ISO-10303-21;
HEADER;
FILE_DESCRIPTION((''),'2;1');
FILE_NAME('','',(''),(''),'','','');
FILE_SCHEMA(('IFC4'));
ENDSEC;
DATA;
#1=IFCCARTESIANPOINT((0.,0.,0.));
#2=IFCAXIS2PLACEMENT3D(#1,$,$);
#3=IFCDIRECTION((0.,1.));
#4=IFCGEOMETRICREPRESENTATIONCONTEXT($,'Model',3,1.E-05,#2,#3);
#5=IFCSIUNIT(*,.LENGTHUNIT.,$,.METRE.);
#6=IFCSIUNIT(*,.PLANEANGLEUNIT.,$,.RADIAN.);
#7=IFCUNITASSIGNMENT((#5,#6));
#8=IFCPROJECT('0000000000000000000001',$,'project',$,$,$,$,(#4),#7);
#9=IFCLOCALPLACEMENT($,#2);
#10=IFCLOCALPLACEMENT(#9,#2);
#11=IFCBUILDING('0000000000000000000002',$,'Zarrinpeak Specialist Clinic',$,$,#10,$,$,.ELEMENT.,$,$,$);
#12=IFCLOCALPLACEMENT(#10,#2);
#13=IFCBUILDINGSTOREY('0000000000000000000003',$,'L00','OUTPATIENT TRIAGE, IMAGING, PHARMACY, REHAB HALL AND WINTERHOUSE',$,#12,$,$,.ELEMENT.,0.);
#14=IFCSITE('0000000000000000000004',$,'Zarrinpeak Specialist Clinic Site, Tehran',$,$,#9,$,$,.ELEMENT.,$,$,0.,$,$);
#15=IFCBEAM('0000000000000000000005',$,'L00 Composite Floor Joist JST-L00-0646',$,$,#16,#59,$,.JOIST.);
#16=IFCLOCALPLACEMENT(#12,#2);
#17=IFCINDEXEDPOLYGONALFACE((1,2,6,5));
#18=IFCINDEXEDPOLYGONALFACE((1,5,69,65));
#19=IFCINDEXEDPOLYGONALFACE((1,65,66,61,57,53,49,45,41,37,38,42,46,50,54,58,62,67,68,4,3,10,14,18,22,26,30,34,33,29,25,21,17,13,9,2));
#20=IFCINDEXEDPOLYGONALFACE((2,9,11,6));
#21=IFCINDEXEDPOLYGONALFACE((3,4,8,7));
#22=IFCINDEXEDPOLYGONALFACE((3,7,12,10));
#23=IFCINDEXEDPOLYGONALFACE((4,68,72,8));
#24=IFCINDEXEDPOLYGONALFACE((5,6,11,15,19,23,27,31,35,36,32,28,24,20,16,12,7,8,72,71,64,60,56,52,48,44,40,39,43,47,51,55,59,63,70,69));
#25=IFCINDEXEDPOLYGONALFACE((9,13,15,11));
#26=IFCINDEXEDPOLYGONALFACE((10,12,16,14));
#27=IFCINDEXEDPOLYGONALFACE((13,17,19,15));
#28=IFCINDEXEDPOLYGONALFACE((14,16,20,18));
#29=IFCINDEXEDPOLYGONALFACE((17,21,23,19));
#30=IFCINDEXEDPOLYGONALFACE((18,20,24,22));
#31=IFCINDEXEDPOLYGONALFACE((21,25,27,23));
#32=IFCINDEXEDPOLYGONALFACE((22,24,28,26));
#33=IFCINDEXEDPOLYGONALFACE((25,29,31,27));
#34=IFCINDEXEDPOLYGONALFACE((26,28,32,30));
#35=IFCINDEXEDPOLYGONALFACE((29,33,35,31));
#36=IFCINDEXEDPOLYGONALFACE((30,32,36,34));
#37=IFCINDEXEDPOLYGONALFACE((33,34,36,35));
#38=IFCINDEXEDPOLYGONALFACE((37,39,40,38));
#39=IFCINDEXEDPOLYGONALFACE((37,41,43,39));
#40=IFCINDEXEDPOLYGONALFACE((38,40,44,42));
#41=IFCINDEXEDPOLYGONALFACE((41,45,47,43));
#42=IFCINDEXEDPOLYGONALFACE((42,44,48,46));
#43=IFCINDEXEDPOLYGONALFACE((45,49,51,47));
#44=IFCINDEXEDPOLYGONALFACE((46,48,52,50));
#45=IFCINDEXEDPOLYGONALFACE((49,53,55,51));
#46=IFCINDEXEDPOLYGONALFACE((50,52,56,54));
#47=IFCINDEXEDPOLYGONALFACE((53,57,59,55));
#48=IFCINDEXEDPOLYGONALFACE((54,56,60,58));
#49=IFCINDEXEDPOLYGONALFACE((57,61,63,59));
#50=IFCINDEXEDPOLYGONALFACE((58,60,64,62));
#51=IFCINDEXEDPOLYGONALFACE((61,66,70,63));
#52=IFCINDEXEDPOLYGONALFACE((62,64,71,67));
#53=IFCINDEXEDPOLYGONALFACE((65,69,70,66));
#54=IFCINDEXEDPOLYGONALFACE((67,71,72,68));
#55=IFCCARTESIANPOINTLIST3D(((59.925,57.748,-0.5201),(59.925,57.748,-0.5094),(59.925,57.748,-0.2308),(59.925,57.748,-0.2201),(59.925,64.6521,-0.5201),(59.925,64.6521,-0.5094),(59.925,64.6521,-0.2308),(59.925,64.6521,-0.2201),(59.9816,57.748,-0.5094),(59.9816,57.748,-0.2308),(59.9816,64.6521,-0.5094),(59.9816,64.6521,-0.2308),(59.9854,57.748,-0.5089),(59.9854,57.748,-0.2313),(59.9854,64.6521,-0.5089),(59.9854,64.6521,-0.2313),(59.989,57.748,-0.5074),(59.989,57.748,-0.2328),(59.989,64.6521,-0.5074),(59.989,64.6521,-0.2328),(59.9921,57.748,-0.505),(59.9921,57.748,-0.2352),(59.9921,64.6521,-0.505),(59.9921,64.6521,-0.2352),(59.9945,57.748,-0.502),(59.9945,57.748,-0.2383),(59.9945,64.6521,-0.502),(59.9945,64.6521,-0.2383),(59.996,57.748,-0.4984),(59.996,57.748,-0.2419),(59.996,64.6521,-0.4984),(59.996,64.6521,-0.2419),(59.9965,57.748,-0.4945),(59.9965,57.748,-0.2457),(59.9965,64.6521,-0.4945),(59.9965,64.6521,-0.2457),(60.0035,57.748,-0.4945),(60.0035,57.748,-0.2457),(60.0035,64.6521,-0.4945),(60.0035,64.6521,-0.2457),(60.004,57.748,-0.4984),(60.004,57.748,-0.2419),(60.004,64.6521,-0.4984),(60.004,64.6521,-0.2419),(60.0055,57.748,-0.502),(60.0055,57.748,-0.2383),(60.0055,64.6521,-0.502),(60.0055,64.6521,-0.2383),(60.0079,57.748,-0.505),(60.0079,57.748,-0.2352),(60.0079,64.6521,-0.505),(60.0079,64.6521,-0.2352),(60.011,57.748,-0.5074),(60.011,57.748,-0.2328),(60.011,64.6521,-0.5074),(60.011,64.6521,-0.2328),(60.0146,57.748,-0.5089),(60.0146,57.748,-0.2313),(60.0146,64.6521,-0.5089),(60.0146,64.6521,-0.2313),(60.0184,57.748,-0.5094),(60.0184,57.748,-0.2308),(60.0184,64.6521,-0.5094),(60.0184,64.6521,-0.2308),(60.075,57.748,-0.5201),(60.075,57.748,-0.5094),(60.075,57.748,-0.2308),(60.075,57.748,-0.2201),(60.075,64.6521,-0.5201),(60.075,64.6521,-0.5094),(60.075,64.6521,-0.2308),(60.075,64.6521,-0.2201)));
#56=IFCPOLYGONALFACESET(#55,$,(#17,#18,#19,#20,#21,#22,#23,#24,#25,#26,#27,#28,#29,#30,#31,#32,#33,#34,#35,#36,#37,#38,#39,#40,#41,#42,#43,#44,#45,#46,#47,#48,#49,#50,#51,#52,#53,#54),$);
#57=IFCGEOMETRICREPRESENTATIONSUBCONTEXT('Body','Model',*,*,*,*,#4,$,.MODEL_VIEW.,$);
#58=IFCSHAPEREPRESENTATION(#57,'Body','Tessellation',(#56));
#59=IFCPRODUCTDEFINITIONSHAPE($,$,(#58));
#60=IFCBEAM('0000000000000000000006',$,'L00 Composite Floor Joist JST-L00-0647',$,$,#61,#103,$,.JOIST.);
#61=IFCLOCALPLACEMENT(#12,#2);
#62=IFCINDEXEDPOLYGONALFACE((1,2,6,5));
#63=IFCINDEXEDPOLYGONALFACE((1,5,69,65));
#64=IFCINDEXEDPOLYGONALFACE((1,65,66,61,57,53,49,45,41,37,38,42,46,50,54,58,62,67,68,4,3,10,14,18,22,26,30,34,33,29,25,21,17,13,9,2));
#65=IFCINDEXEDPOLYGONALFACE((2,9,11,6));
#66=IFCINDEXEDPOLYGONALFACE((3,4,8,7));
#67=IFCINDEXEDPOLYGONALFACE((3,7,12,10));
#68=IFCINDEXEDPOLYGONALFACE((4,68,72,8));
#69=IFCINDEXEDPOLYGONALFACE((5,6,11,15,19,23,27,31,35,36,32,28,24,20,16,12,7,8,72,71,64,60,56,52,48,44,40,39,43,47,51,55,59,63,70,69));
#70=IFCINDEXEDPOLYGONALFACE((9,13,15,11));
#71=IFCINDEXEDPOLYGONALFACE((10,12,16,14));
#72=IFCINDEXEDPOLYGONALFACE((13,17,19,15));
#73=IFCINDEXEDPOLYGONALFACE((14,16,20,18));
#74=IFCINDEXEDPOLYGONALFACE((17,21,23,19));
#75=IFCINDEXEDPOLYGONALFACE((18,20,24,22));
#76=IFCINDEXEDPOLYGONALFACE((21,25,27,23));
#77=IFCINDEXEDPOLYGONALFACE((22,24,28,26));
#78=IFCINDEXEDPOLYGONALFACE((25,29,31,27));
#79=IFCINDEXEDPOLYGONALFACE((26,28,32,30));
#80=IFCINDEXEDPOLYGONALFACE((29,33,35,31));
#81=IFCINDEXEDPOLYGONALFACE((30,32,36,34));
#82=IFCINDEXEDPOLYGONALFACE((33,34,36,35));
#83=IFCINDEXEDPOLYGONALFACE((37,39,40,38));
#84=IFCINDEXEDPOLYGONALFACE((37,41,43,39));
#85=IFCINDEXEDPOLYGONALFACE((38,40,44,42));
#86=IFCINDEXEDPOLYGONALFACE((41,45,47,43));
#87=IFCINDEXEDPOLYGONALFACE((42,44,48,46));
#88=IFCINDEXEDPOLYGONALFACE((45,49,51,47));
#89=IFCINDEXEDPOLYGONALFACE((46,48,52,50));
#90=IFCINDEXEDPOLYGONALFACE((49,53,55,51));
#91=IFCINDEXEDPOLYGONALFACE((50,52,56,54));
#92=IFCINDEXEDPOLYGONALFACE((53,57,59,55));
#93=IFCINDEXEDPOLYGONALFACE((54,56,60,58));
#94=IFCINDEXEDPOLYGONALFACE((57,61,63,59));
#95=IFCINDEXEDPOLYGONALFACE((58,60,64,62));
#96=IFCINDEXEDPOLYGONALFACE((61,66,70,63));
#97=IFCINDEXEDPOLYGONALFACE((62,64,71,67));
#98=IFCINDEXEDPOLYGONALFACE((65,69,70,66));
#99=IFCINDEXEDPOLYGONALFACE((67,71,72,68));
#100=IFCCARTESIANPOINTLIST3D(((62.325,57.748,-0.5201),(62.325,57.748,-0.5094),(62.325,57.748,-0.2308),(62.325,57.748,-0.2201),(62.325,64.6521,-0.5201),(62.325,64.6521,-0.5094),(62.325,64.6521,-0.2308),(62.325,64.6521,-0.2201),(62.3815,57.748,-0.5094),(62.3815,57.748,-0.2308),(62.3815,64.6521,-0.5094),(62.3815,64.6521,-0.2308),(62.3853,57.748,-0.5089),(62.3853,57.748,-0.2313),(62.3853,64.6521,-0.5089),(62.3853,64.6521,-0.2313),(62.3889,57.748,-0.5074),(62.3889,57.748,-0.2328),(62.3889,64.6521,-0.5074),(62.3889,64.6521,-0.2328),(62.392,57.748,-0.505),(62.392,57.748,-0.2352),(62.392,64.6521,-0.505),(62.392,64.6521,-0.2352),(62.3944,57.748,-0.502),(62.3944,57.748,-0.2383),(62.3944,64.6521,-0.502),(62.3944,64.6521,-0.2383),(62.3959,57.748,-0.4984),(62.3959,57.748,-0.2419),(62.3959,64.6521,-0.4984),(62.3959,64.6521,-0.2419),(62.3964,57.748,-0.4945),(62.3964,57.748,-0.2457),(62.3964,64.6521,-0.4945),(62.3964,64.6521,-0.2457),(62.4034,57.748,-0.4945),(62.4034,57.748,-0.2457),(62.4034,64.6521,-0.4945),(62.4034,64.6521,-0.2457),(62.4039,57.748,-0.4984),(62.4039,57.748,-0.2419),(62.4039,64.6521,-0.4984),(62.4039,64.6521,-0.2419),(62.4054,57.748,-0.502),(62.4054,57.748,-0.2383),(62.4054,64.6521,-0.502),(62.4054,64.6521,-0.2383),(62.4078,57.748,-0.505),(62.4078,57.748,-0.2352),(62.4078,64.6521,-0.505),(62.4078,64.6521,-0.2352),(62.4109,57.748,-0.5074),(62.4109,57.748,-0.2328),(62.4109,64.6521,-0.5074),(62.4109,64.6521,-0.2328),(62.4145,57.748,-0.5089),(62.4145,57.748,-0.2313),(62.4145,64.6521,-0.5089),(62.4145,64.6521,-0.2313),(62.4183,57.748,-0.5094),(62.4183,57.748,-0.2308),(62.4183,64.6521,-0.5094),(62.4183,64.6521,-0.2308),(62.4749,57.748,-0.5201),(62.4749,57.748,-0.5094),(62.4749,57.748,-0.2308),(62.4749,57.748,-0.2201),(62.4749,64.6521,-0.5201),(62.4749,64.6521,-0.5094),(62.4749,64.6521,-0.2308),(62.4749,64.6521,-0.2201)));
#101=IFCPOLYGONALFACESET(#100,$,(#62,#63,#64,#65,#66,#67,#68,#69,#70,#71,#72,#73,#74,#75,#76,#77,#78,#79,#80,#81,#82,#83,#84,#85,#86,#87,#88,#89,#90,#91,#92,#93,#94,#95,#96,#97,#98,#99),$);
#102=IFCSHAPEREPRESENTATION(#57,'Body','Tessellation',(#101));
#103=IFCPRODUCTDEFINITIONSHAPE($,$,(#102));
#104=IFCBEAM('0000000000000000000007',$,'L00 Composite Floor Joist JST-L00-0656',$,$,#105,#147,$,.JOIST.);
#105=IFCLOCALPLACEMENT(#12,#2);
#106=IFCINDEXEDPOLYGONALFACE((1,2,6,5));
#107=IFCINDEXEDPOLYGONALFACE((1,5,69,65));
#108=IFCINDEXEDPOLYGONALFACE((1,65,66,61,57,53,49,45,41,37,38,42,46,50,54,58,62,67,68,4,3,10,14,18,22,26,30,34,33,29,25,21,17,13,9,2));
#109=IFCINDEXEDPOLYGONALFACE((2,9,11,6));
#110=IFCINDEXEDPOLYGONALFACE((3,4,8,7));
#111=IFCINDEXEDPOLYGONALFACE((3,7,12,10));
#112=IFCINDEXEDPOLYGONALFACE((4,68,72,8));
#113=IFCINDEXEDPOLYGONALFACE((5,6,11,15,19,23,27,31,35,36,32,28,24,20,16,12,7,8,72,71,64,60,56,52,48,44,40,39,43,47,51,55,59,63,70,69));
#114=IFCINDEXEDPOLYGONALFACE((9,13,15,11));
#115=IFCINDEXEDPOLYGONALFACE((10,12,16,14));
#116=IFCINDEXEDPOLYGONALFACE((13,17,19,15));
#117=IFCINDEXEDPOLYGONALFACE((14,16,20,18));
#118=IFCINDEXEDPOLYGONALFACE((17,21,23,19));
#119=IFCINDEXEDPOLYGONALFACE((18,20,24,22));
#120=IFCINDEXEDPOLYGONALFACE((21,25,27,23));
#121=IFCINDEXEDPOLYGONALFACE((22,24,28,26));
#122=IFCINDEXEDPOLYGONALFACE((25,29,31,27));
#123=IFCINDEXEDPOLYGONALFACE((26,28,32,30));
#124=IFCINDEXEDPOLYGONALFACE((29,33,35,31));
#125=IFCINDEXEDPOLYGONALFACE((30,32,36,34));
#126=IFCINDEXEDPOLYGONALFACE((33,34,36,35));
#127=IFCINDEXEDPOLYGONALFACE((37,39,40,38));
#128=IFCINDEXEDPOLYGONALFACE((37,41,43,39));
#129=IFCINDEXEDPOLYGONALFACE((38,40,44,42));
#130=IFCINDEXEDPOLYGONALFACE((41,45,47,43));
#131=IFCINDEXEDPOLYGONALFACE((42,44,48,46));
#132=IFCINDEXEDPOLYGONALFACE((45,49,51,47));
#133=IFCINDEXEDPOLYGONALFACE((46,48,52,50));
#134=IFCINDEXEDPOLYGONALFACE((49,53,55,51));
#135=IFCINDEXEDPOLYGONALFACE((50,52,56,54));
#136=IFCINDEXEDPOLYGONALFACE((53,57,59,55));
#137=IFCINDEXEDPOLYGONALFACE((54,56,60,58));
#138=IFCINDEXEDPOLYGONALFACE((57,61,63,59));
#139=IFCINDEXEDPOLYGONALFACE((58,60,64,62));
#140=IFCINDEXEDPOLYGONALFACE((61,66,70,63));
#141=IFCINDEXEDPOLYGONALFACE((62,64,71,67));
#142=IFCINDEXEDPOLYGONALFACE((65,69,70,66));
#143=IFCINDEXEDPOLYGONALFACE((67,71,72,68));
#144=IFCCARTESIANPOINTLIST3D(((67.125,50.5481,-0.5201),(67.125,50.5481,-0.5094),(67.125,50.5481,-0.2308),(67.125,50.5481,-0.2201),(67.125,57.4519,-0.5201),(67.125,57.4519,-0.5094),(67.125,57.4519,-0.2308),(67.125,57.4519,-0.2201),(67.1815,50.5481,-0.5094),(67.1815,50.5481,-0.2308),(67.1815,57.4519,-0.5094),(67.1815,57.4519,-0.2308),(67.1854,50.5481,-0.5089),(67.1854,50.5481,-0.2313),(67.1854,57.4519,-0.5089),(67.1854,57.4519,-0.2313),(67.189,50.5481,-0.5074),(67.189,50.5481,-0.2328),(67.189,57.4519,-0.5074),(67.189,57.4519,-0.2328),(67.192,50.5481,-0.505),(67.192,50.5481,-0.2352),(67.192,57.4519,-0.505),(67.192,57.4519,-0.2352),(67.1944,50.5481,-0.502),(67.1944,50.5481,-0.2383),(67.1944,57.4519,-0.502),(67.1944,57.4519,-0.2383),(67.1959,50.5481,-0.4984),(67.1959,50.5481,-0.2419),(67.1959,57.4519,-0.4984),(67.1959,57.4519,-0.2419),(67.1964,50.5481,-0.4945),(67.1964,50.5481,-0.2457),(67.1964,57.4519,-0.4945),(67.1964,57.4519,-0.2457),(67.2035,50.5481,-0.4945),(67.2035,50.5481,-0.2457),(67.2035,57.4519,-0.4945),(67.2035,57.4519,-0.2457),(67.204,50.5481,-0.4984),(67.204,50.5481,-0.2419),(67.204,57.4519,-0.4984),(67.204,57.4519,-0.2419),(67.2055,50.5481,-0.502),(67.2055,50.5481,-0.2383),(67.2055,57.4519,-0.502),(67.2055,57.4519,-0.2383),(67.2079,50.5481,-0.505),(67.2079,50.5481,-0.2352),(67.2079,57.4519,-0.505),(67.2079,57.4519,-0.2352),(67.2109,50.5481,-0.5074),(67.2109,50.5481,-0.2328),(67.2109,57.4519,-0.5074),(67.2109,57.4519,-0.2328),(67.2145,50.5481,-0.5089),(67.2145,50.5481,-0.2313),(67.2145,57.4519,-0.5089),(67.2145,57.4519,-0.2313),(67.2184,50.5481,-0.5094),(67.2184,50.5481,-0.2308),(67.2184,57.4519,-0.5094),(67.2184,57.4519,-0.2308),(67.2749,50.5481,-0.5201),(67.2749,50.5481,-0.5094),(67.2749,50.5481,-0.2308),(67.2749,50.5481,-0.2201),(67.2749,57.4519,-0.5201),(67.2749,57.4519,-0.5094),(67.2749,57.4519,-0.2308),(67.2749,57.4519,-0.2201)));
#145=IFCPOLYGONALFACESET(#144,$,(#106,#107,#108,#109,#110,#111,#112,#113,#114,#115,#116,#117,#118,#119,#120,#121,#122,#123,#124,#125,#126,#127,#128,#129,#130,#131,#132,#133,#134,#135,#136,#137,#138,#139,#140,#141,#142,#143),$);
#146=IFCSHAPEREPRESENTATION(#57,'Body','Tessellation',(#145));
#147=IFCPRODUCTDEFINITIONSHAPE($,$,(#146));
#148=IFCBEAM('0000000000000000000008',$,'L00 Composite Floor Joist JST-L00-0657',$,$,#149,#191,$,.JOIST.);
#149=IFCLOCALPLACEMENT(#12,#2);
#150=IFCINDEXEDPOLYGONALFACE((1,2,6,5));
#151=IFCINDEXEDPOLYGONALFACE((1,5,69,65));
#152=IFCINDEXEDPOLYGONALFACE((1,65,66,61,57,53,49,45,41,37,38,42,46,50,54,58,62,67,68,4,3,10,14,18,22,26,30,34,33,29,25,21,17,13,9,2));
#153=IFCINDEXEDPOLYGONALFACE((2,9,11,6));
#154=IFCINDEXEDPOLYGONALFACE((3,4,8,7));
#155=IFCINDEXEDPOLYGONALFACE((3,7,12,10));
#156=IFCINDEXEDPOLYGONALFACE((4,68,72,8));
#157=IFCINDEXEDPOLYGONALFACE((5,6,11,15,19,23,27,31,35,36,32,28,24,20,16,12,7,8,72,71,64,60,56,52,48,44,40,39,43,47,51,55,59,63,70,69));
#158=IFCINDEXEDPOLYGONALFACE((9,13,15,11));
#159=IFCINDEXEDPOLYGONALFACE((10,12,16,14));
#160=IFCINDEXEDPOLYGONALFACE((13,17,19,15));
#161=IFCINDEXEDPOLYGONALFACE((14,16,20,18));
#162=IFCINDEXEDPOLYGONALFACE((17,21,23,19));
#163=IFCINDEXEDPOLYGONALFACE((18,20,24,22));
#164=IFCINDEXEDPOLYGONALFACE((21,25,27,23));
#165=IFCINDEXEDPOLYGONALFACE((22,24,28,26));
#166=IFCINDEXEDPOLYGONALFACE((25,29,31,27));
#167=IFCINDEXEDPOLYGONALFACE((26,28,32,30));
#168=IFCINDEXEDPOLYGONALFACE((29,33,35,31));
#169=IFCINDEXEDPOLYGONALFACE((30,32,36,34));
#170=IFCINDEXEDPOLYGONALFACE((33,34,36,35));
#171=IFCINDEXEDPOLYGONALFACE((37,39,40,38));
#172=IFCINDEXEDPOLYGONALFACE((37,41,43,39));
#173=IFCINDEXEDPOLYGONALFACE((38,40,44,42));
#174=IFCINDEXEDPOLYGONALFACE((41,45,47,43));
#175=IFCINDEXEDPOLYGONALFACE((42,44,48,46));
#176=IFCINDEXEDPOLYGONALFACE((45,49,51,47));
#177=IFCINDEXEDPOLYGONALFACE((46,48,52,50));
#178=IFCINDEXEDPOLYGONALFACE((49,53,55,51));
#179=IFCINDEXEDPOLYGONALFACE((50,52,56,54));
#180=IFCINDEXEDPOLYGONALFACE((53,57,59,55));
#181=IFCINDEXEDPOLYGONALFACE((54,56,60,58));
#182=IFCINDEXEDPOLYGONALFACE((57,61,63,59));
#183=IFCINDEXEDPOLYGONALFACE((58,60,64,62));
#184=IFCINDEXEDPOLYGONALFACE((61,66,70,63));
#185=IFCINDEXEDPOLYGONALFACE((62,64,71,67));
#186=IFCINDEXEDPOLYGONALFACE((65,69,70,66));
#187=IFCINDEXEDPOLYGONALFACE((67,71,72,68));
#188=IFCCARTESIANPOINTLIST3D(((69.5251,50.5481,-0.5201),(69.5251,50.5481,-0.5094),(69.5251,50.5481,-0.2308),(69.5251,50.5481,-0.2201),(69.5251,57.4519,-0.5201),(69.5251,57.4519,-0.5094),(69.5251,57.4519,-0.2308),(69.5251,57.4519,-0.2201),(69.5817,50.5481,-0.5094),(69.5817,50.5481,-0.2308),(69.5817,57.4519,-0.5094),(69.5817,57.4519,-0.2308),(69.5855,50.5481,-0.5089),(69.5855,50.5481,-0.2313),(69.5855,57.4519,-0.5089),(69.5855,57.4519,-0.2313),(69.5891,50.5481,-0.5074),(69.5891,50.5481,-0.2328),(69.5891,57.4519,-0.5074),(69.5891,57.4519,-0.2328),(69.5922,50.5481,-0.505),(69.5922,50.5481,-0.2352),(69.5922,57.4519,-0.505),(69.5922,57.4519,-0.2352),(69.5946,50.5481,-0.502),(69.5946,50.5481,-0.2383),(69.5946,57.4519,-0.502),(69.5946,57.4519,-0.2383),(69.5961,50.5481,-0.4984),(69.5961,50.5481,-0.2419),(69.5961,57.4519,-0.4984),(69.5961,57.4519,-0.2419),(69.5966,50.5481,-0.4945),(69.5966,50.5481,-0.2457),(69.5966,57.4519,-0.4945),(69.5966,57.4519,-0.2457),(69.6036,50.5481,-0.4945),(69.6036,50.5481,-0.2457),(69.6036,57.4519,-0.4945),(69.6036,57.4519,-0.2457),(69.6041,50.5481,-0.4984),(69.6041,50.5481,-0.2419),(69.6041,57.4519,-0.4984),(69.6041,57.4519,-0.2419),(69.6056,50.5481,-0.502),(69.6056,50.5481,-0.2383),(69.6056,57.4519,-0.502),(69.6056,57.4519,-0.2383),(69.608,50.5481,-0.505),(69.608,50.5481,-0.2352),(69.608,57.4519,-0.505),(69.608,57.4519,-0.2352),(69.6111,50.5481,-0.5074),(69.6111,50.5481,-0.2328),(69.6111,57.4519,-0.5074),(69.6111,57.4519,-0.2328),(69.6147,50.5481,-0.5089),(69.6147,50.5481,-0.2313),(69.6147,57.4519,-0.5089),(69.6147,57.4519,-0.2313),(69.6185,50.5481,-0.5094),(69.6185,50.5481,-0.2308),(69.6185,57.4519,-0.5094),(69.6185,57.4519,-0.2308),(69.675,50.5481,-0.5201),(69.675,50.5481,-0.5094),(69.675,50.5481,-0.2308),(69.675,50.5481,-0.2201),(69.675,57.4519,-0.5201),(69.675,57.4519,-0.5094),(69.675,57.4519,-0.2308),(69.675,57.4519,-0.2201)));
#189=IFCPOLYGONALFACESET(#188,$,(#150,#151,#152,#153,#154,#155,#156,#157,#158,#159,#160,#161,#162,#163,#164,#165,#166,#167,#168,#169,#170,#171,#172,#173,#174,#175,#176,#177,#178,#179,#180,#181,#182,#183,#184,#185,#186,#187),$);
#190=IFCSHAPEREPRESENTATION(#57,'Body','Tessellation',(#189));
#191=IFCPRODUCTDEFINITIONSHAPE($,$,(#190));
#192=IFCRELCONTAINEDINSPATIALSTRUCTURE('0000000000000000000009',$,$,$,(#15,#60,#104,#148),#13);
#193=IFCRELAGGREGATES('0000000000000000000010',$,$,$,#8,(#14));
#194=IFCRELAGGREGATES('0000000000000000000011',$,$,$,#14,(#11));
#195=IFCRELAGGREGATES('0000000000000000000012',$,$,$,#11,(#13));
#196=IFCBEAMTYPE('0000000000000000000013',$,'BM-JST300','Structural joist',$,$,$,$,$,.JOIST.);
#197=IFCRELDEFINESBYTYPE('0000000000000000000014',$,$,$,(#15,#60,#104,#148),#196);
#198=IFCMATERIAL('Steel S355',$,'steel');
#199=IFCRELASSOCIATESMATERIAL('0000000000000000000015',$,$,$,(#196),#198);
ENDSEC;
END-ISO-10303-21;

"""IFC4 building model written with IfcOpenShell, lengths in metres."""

from ifc_helpers import new_model, si_unit, direction, frame, origin, origin_2d, place, context, subcontext, project, spatial, i_section, extrude, material, material_profile, profile_set, type_object, element, save


model = new_model("IFC4")

# Units and contexts
model_context = context("Model", 3, precision=1e-05, world=origin(), true_north=direction((0.0, 1.0)))
body_context = subcontext(model_context, "Body", "Model", "MODEL_VIEW")
ifc_project = project(units=[si_unit("LENGTHUNIT", "METRE"), si_unit("PLANEANGLEUNIT", "RADIAN")], contexts=[model_context])

# Site, building, storey
site_placement = place(None, origin())
site = spatial("IfcSite", under=ifc_project, at=site_placement, Name="Zarrinpeak Specialist Clinic Site, Tehran", CompositionType="ELEMENT", RefElevation=0.0)
building_placement = place(site_placement, origin())
building = spatial("IfcBuilding", under=site, at=building_placement, Name="Zarrinpeak Specialist Clinic", CompositionType="ELEMENT")
storey_placement = place(building_placement, origin())
storey = spatial("IfcBuildingStorey", under=building, at=storey_placement, Name="L00", Description="OUTPATIENT TRIAGE, IMAGING, PHARMACY, REHAB HALL AND WINTERHOUSE", CompositionType="ELEMENT", Elevation=0.0)

# Beams
ifc_material = material(Name="Steel S355", Category="steel")
ifc_material_profile_1 = material_profile(ifc_material, i_section(OverallWidth=0.1499, OverallDepth=0.3, WebThickness=0.0071, FlangeThickness=0.0107, FilletRadius=0.0149, at=origin_2d()), Name="IPE 300")
ifc_profile_set_1 = profile_set([ifc_material_profile_1], Name="Steel S355")
beam_type_1 = type_object("IfcBeamType", Name="BM-JST300", Description="Structural joist", PredefinedType="JOIST", material=ifc_profile_set_1)
for number, where, z_axis, x_axis, name in (
    (1, (60.0, 57.748, -0.3701), (0.0, 1.0, 0.0), (-1.0, 0.0, 0.0), "L00 Composite Floor Joist JST-L00-0646"),
    (2, (62.3999, 57.748, -0.3701), (0.0, 1.0, 0.0), (-1.0, 0.0, 0.0), "L00 Composite Floor Joist JST-L00-0647"),
):
    element("IfcBeam", number, at=place(storey_placement, frame(where, z_axis=z_axis, x_axis=x_axis)), inside=storey, type_object=beam_type_1, Name=name, PredefinedType="JOIST", context=body_context, shape_type="SweptSolid", body=[
        extrude(i_section(OverallWidth=0.1499, OverallDepth=0.3, WebThickness=0.0071, FlangeThickness=0.0107, FilletRadius=0.0149, at=origin_2d()), origin(), (0.0, 0.0, 1.0), 6.9041),
    ])
for number, where, z_axis, x_axis, name in (
    (3, (67.2, 50.5481, -0.3701), (0.0, 1.0, 0.0), (-1.0, 0.0, 0.0), "L00 Composite Floor Joist JST-L00-0656"),
    (4, (69.6001, 50.5481, -0.3701), (0.0, 1.0, 0.0), (-1.0, 0.0, 0.0), "L00 Composite Floor Joist JST-L00-0657"),
):
    element("IfcBeam", number, at=place(storey_placement, frame(where, z_axis=z_axis, x_axis=x_axis)), inside=storey, type_object=beam_type_1, Name=name, PredefinedType="JOIST", context=body_context, shape_type="SweptSolid", body=[
        extrude(i_section(OverallWidth=0.1499, OverallDepth=0.3, WebThickness=0.0071, FlangeThickness=0.0107, FilletRadius=0.0149, at=origin_2d()), origin(), (0.0, 0.0, 1.0), 6.9038),
    ])

save(model, "model.ifc")
